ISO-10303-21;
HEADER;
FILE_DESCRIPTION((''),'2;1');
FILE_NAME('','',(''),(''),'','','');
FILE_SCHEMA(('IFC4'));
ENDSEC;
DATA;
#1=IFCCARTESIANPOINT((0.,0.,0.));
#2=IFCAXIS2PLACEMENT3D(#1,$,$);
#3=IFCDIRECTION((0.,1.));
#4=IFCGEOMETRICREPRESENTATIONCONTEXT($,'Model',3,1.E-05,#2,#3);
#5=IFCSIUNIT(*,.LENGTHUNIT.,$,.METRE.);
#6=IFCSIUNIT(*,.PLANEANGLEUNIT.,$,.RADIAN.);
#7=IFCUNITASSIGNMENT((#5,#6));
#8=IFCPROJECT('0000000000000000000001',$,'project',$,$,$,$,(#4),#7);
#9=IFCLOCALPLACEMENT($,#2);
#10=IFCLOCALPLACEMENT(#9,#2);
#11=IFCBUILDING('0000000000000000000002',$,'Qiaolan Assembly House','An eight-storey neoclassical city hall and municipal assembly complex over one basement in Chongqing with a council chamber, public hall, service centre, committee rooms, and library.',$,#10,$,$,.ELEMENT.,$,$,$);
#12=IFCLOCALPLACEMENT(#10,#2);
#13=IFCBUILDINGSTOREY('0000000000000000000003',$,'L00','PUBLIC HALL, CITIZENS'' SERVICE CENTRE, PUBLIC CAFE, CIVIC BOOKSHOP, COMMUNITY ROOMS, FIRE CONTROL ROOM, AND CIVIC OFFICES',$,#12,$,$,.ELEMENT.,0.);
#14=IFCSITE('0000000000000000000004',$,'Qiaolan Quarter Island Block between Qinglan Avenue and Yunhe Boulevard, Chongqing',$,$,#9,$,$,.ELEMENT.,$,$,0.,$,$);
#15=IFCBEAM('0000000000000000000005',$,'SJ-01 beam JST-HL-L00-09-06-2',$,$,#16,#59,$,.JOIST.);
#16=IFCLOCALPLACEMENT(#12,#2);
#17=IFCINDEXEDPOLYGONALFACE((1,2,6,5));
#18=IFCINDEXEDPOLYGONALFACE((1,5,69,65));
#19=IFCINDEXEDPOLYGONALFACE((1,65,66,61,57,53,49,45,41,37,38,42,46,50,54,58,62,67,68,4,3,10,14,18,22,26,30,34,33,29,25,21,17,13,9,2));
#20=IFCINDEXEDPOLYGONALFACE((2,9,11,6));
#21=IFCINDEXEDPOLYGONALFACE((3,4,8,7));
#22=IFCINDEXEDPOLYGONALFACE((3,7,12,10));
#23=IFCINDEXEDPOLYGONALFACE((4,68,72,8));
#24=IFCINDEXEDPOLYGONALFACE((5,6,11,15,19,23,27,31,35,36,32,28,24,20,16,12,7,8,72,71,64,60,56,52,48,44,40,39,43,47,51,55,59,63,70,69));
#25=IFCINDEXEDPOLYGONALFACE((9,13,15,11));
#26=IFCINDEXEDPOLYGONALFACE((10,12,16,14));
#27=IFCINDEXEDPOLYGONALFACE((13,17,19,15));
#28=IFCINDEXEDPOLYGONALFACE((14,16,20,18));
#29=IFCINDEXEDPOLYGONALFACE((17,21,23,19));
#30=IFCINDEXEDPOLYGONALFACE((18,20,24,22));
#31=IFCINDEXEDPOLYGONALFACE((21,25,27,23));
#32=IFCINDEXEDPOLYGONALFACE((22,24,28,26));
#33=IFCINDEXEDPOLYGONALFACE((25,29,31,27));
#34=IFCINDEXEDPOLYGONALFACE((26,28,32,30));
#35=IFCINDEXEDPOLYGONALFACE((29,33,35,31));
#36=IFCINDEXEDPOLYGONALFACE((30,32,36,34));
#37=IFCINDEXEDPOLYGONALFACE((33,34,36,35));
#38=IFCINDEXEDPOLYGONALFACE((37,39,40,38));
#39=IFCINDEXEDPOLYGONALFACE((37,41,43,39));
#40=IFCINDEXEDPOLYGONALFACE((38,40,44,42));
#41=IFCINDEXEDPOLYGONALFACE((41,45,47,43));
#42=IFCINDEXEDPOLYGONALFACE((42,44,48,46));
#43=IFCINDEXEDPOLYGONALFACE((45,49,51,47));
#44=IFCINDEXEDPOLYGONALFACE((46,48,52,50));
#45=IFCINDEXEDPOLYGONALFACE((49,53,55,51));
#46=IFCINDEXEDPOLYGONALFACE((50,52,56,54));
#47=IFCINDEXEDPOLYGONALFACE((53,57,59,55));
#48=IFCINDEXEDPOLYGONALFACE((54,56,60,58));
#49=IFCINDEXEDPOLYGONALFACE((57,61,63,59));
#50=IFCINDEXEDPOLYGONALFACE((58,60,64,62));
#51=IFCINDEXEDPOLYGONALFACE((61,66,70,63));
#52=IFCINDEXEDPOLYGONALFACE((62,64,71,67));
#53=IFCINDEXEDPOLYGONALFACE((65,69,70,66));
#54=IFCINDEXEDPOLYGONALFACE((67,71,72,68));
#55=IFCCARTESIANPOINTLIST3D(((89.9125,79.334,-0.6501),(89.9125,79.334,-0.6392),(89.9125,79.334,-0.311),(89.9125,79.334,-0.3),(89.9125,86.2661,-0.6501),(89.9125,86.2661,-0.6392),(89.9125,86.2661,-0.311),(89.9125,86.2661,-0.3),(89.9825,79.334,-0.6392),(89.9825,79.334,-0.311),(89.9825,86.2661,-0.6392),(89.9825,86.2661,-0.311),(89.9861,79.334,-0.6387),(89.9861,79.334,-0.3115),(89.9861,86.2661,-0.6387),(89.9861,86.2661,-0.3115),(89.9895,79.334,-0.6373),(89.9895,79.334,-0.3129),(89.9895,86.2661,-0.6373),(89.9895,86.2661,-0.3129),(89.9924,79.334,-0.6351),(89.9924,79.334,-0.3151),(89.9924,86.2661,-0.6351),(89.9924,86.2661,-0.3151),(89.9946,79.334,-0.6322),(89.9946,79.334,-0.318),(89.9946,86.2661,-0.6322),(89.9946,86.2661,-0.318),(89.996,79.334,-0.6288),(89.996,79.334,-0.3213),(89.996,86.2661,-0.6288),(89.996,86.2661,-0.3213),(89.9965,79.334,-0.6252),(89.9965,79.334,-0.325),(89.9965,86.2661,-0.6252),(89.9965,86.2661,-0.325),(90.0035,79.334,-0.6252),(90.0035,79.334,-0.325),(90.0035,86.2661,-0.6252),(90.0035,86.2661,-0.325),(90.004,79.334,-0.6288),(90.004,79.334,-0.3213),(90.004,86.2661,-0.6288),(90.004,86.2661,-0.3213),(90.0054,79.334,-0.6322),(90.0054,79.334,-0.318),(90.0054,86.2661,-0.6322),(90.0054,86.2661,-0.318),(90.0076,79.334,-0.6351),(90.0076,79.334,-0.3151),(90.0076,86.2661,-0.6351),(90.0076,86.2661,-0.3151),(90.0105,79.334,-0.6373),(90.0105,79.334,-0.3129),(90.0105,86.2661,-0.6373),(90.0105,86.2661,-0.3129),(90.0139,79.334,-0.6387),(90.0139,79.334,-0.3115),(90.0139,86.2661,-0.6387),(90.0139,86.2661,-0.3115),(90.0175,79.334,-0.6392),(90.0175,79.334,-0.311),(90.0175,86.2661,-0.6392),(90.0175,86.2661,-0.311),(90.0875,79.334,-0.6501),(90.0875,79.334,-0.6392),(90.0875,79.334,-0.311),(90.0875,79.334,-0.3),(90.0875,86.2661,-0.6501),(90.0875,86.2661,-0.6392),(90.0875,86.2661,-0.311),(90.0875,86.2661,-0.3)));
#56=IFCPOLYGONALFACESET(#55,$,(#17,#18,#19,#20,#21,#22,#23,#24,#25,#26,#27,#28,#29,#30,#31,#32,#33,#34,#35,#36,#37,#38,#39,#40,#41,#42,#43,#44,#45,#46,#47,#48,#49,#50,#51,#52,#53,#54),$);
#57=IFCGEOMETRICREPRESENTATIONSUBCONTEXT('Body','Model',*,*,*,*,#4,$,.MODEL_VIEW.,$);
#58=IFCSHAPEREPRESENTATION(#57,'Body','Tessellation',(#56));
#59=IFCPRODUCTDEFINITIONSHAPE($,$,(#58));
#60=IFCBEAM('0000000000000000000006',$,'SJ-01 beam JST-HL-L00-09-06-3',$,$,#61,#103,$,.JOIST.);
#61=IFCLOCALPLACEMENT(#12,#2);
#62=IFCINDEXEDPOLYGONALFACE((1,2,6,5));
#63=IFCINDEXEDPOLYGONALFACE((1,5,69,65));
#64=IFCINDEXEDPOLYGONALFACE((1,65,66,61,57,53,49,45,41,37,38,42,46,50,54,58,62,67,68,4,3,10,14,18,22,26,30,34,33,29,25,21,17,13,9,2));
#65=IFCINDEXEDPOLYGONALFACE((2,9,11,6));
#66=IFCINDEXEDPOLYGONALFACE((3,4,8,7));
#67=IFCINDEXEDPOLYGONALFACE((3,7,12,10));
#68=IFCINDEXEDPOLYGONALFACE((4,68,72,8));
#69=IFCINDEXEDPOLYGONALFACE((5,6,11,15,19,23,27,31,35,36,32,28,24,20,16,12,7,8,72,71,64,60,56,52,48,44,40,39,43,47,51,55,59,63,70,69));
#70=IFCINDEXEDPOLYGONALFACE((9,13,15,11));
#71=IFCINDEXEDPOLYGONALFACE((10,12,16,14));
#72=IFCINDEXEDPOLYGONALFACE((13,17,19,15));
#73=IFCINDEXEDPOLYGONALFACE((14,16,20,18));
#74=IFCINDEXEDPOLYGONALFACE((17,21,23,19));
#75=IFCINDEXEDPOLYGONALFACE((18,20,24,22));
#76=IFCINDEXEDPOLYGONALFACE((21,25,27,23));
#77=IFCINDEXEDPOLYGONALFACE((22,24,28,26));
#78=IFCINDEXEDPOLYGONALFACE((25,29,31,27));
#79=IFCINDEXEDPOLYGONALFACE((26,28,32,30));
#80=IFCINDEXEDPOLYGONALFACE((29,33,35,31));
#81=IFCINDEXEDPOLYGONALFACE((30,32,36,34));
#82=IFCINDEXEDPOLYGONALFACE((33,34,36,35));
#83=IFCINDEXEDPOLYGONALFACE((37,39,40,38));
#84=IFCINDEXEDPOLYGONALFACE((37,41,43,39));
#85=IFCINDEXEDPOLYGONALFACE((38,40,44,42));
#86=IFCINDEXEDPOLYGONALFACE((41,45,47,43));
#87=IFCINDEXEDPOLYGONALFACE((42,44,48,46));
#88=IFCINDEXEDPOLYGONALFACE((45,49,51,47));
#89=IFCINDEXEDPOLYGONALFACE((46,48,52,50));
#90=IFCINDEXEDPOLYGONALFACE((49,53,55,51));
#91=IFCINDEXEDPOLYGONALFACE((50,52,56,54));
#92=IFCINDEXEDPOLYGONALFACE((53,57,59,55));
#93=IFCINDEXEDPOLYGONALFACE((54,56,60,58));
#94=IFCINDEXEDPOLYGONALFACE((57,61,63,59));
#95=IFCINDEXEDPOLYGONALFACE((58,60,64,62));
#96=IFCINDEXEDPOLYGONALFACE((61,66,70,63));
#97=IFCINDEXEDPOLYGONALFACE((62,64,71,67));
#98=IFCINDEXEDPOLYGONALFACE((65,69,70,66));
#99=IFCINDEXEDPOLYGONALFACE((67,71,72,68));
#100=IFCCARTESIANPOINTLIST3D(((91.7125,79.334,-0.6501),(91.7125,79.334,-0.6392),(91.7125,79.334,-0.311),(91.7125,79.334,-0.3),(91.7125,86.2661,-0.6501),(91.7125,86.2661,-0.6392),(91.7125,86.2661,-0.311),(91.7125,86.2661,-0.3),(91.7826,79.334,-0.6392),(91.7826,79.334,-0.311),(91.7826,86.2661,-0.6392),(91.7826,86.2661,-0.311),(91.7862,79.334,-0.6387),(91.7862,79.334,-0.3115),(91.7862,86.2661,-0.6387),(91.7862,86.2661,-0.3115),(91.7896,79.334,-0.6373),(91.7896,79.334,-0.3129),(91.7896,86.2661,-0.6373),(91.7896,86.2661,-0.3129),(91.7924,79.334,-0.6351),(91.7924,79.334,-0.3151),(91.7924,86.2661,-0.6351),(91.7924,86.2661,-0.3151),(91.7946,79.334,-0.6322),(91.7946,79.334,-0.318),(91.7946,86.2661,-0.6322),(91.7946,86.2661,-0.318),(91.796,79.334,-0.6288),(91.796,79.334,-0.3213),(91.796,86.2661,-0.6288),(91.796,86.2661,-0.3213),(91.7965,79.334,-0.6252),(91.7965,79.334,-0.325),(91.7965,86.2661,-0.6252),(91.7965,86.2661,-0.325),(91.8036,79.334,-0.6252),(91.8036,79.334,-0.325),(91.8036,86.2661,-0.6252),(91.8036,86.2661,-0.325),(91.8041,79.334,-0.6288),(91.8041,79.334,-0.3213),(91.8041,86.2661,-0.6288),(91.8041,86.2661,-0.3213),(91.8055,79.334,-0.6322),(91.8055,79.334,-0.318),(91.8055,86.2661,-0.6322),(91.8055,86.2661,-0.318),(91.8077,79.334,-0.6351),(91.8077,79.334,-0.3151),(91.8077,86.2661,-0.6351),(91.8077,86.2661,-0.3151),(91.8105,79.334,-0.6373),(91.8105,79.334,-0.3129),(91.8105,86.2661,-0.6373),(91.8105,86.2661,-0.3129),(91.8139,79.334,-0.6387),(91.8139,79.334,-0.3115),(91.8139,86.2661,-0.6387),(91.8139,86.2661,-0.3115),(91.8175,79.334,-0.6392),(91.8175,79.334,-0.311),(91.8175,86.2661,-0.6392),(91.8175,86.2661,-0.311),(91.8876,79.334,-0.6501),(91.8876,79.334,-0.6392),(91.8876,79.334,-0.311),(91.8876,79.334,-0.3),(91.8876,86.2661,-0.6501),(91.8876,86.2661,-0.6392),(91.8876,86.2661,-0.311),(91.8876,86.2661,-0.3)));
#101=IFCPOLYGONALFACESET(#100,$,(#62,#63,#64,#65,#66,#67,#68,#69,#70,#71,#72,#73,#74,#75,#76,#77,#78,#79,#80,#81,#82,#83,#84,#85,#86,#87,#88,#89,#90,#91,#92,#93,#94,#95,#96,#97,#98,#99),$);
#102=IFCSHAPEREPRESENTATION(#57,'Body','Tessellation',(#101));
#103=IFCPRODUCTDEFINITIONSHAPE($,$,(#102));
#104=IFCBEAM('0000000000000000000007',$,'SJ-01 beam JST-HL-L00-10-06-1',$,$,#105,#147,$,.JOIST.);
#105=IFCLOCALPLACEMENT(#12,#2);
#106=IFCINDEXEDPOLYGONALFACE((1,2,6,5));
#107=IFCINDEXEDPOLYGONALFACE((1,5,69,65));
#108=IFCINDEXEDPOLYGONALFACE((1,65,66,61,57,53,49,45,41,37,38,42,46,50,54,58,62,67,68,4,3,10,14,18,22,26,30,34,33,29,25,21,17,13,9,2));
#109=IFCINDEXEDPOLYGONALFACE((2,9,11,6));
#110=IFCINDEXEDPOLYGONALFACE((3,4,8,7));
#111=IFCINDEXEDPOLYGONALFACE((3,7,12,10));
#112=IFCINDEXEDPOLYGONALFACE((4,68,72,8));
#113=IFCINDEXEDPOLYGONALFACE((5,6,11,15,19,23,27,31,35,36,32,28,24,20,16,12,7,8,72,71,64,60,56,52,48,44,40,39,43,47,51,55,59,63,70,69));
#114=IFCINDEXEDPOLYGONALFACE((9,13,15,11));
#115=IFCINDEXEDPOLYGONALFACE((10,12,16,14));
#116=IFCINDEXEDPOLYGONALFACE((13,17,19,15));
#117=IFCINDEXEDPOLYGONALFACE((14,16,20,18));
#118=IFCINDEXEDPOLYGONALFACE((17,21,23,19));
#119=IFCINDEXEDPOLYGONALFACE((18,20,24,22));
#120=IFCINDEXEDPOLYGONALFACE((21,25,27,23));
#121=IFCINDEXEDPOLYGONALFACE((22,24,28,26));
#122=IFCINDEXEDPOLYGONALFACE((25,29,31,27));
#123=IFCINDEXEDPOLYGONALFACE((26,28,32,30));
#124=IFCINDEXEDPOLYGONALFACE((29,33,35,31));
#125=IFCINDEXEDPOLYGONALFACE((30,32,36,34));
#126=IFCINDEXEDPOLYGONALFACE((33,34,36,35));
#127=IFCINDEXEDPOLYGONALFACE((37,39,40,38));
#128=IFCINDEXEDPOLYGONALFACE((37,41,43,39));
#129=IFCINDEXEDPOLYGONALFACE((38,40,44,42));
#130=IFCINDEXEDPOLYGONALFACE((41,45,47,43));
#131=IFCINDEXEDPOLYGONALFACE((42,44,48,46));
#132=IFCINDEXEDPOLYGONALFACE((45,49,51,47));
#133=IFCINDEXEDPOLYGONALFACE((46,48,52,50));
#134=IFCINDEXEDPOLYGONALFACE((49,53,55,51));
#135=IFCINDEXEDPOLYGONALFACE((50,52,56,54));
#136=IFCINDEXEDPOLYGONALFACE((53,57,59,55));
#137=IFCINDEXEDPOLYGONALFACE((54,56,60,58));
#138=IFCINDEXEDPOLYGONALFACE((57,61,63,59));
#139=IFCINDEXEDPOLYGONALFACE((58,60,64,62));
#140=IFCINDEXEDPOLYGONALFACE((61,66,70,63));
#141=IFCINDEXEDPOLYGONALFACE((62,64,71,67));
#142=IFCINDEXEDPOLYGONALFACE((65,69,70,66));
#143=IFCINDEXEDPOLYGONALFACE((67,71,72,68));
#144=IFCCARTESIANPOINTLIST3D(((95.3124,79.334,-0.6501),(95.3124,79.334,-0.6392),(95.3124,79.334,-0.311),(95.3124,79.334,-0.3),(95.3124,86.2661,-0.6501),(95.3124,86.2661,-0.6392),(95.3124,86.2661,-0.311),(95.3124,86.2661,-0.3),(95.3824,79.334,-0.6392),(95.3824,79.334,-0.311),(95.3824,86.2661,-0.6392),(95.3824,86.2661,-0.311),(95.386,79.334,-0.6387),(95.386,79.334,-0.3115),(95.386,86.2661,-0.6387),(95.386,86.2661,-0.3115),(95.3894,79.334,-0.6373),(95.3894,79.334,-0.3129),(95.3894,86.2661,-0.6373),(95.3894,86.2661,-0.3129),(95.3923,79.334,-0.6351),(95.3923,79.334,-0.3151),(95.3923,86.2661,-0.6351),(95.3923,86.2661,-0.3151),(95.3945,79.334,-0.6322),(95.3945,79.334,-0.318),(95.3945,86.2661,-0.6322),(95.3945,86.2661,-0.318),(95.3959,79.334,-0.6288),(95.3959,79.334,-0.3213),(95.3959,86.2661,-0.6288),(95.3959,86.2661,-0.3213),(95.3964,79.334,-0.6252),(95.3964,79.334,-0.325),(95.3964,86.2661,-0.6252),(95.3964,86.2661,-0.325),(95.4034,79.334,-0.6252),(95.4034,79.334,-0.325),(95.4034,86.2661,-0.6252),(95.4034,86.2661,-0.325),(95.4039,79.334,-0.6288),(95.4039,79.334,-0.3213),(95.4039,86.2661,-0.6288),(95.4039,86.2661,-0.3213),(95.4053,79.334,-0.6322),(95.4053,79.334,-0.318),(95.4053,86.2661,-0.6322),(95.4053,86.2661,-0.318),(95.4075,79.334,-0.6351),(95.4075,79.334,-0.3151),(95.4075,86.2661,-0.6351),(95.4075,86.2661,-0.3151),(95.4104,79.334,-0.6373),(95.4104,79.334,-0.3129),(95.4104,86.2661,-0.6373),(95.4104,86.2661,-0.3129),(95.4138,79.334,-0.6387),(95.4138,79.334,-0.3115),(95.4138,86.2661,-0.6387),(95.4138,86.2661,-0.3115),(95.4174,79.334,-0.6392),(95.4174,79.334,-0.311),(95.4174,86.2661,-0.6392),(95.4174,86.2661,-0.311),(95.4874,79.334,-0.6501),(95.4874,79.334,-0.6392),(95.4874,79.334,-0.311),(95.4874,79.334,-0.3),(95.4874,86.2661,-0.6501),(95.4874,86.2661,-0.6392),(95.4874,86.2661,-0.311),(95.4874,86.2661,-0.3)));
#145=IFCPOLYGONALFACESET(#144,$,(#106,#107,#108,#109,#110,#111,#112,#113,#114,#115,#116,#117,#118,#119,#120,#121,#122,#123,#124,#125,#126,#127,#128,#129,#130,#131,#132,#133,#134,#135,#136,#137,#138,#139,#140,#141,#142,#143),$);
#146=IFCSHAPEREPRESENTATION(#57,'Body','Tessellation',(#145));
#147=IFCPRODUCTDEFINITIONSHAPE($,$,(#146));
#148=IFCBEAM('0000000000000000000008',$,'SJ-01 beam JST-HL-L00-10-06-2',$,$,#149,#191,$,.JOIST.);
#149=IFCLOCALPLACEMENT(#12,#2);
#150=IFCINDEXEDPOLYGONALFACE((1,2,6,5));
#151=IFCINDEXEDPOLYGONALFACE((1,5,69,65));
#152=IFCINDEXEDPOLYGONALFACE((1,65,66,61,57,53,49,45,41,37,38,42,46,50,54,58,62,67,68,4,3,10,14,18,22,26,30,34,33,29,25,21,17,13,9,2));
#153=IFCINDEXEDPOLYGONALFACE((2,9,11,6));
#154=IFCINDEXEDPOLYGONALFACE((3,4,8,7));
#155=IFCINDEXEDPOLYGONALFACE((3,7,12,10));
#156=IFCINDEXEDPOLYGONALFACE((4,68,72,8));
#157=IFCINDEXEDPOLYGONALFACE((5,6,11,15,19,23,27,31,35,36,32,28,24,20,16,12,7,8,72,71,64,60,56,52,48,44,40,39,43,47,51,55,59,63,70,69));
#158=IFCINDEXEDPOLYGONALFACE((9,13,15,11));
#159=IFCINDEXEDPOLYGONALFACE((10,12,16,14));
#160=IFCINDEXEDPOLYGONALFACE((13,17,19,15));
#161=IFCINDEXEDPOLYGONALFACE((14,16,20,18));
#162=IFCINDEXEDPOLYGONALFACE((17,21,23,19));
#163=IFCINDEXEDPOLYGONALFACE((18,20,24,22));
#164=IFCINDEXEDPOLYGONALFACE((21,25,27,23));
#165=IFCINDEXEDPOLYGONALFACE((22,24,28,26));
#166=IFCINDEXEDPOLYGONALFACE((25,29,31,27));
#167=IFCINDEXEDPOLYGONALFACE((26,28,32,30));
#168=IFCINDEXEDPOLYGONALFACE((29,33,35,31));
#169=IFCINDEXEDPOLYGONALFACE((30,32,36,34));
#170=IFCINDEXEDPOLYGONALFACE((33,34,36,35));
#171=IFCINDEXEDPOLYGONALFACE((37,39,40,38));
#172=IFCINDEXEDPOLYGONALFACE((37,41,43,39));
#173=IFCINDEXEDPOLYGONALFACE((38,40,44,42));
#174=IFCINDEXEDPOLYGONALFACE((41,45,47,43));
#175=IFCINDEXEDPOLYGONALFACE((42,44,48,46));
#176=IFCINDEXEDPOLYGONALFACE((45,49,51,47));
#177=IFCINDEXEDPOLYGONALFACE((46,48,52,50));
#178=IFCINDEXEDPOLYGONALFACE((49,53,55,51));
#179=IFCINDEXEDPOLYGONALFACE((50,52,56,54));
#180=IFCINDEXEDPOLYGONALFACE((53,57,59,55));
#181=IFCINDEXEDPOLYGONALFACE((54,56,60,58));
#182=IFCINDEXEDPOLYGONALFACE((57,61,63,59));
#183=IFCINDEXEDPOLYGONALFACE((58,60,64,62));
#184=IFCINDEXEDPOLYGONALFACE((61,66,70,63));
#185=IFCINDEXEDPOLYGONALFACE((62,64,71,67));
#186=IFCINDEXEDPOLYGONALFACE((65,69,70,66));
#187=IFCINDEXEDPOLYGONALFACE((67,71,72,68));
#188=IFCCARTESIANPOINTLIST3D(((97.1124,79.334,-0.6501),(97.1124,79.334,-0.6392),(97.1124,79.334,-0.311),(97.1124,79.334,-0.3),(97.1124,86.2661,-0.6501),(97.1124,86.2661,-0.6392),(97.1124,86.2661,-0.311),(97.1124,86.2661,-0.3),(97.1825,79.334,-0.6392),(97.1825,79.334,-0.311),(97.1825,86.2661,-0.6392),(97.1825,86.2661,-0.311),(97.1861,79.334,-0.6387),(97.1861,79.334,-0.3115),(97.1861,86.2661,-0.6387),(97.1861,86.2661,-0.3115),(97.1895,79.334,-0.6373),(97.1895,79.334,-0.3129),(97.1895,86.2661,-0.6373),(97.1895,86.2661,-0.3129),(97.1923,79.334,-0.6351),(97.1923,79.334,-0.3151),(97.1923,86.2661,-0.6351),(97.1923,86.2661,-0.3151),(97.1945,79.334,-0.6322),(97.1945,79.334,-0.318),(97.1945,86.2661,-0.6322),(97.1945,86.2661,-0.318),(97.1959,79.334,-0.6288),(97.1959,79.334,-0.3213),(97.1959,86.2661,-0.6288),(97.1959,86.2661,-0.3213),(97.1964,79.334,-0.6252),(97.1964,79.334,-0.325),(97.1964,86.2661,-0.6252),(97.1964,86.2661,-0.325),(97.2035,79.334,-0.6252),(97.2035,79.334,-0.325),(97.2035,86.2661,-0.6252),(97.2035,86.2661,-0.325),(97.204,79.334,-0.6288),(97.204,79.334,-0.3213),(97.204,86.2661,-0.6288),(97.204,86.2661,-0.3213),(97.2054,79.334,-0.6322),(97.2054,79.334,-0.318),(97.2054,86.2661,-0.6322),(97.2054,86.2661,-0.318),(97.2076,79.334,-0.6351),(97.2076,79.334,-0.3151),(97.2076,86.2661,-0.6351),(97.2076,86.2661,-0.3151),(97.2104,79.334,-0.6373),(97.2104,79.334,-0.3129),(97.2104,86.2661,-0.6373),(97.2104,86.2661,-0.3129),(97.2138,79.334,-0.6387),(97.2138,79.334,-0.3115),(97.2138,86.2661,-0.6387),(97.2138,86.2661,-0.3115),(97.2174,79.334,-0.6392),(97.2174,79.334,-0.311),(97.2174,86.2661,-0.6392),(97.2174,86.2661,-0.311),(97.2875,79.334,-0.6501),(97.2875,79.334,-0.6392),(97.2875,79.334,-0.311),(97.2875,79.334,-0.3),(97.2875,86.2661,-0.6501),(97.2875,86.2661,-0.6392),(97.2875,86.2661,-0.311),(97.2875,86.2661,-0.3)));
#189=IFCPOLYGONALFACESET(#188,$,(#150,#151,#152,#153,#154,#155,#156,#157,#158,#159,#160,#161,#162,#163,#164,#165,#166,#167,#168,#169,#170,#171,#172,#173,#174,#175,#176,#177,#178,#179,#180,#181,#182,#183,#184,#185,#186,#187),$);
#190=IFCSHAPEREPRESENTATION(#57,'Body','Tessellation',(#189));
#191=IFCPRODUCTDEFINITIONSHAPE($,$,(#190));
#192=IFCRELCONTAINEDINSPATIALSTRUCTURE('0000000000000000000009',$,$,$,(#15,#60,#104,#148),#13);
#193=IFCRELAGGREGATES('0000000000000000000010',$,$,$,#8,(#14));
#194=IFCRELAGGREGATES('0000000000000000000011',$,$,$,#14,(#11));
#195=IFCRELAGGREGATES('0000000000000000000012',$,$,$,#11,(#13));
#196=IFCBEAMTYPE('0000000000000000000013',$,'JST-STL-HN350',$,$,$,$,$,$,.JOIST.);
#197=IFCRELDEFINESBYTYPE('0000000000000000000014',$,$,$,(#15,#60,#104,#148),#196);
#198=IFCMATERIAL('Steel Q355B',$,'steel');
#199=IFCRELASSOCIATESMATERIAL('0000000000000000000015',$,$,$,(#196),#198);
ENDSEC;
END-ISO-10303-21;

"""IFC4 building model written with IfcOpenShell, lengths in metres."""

from ifc_helpers import new_model, si_unit, direction, frame, origin, origin_2d, place, context, subcontext, project, spatial, i_section, extrude, material, material_profile, profile_set, type_object, element, save


model = new_model("IFC4")

# Units and contexts
model_context = context("Model", 3, precision=1e-05, world=origin(), true_north=direction((0.0, 1.0)))
body_context = subcontext(model_context, "Body", "Model", "MODEL_VIEW")
ifc_project = project(units=[si_unit("LENGTHUNIT", "METRE"), si_unit("PLANEANGLEUNIT", "RADIAN")], contexts=[model_context])

# Site, building, storey
site_placement = place(None, origin())
site = spatial("IfcSite", under=ifc_project, at=site_placement, Name="Qiaolan Quarter Island Block between Qinglan Avenue and Yunhe Boulevard, Chongqing", CompositionType="ELEMENT", RefElevation=0.0)
building_placement = place(site_placement, origin())
building = spatial("IfcBuilding", under=site, at=building_placement, Name="Qiaolan Assembly House", Description="An eight-storey neoclassical city hall and municipal assembly complex over one basement in Chongqing with a council chamber, public hall, service centre, committee rooms, and library.", CompositionType="ELEMENT")
storey_placement = place(building_placement, origin())
storey = spatial("IfcBuildingStorey", under=building, at=storey_placement, Name="L00", Description="PUBLIC HALL, CITIZENS' SERVICE CENTRE, PUBLIC CAFE, CIVIC BOOKSHOP, COMMUNITY ROOMS, FIRE CONTROL ROOM, AND CIVIC OFFICES", CompositionType="ELEMENT", Elevation=0.0)

# Shared definitions
ifc_material_1 = material(Name="Steel Q355B", Category="steel")

# Beams
ifc_material_profile_1 = material_profile(ifc_material_1, i_section(OverallWidth=0.175, OverallDepth=0.3501, WebThickness=0.0071, FlangeThickness=0.011, FilletRadius=0.0139, at=origin_2d()), Name="HN 350x175x7x11")
ifc_profile_set_1 = profile_set([ifc_material_profile_1], Name="Steel Q355B")
beam_type_1 = type_object("IfcBeamType", Name="JST-STL-HN350", PredefinedType="JOIST", material=ifc_profile_set_1)
for number, where, z_axis, x_axis, name in (
    (1, (90.0, 79.334, -0.4751), (0.0, 1.0, 0.0), (-1.0, 0.0, 0.0), "SJ-01 beam JST-HL-L00-09-06-2"),
    (2, (91.8, 79.334, -0.4751), (0.0, 1.0, 0.0), (-1.0, 0.0, 0.0), "SJ-01 beam JST-HL-L00-09-06-3"),
    (3, (95.3999, 79.334, -0.4751), (0.0, 1.0, 0.0), (-1.0, 0.0, 0.0), "SJ-01 beam JST-HL-L00-10-06-1"),
    (4, (97.2, 79.334, -0.4751), (0.0, 1.0, 0.0), (-1.0, 0.0, 0.0), "SJ-01 beam JST-HL-L00-10-06-2"),
):
    element("IfcBeam", number, at=place(storey_placement, frame(where, z_axis=z_axis, x_axis=x_axis)), inside=storey, type_object=beam_type_1, Name=name, PredefinedType="JOIST", context=body_context, shape_type="SweptSolid", body=[
        extrude(i_section(OverallWidth=0.175, OverallDepth=0.3501, WebThickness=0.0071, FlangeThickness=0.011, FilletRadius=0.0139, at=origin_2d()), origin(), (0.0, 0.0, 1.0), 6.9321),
    ])

save(model, "model.ifc")
